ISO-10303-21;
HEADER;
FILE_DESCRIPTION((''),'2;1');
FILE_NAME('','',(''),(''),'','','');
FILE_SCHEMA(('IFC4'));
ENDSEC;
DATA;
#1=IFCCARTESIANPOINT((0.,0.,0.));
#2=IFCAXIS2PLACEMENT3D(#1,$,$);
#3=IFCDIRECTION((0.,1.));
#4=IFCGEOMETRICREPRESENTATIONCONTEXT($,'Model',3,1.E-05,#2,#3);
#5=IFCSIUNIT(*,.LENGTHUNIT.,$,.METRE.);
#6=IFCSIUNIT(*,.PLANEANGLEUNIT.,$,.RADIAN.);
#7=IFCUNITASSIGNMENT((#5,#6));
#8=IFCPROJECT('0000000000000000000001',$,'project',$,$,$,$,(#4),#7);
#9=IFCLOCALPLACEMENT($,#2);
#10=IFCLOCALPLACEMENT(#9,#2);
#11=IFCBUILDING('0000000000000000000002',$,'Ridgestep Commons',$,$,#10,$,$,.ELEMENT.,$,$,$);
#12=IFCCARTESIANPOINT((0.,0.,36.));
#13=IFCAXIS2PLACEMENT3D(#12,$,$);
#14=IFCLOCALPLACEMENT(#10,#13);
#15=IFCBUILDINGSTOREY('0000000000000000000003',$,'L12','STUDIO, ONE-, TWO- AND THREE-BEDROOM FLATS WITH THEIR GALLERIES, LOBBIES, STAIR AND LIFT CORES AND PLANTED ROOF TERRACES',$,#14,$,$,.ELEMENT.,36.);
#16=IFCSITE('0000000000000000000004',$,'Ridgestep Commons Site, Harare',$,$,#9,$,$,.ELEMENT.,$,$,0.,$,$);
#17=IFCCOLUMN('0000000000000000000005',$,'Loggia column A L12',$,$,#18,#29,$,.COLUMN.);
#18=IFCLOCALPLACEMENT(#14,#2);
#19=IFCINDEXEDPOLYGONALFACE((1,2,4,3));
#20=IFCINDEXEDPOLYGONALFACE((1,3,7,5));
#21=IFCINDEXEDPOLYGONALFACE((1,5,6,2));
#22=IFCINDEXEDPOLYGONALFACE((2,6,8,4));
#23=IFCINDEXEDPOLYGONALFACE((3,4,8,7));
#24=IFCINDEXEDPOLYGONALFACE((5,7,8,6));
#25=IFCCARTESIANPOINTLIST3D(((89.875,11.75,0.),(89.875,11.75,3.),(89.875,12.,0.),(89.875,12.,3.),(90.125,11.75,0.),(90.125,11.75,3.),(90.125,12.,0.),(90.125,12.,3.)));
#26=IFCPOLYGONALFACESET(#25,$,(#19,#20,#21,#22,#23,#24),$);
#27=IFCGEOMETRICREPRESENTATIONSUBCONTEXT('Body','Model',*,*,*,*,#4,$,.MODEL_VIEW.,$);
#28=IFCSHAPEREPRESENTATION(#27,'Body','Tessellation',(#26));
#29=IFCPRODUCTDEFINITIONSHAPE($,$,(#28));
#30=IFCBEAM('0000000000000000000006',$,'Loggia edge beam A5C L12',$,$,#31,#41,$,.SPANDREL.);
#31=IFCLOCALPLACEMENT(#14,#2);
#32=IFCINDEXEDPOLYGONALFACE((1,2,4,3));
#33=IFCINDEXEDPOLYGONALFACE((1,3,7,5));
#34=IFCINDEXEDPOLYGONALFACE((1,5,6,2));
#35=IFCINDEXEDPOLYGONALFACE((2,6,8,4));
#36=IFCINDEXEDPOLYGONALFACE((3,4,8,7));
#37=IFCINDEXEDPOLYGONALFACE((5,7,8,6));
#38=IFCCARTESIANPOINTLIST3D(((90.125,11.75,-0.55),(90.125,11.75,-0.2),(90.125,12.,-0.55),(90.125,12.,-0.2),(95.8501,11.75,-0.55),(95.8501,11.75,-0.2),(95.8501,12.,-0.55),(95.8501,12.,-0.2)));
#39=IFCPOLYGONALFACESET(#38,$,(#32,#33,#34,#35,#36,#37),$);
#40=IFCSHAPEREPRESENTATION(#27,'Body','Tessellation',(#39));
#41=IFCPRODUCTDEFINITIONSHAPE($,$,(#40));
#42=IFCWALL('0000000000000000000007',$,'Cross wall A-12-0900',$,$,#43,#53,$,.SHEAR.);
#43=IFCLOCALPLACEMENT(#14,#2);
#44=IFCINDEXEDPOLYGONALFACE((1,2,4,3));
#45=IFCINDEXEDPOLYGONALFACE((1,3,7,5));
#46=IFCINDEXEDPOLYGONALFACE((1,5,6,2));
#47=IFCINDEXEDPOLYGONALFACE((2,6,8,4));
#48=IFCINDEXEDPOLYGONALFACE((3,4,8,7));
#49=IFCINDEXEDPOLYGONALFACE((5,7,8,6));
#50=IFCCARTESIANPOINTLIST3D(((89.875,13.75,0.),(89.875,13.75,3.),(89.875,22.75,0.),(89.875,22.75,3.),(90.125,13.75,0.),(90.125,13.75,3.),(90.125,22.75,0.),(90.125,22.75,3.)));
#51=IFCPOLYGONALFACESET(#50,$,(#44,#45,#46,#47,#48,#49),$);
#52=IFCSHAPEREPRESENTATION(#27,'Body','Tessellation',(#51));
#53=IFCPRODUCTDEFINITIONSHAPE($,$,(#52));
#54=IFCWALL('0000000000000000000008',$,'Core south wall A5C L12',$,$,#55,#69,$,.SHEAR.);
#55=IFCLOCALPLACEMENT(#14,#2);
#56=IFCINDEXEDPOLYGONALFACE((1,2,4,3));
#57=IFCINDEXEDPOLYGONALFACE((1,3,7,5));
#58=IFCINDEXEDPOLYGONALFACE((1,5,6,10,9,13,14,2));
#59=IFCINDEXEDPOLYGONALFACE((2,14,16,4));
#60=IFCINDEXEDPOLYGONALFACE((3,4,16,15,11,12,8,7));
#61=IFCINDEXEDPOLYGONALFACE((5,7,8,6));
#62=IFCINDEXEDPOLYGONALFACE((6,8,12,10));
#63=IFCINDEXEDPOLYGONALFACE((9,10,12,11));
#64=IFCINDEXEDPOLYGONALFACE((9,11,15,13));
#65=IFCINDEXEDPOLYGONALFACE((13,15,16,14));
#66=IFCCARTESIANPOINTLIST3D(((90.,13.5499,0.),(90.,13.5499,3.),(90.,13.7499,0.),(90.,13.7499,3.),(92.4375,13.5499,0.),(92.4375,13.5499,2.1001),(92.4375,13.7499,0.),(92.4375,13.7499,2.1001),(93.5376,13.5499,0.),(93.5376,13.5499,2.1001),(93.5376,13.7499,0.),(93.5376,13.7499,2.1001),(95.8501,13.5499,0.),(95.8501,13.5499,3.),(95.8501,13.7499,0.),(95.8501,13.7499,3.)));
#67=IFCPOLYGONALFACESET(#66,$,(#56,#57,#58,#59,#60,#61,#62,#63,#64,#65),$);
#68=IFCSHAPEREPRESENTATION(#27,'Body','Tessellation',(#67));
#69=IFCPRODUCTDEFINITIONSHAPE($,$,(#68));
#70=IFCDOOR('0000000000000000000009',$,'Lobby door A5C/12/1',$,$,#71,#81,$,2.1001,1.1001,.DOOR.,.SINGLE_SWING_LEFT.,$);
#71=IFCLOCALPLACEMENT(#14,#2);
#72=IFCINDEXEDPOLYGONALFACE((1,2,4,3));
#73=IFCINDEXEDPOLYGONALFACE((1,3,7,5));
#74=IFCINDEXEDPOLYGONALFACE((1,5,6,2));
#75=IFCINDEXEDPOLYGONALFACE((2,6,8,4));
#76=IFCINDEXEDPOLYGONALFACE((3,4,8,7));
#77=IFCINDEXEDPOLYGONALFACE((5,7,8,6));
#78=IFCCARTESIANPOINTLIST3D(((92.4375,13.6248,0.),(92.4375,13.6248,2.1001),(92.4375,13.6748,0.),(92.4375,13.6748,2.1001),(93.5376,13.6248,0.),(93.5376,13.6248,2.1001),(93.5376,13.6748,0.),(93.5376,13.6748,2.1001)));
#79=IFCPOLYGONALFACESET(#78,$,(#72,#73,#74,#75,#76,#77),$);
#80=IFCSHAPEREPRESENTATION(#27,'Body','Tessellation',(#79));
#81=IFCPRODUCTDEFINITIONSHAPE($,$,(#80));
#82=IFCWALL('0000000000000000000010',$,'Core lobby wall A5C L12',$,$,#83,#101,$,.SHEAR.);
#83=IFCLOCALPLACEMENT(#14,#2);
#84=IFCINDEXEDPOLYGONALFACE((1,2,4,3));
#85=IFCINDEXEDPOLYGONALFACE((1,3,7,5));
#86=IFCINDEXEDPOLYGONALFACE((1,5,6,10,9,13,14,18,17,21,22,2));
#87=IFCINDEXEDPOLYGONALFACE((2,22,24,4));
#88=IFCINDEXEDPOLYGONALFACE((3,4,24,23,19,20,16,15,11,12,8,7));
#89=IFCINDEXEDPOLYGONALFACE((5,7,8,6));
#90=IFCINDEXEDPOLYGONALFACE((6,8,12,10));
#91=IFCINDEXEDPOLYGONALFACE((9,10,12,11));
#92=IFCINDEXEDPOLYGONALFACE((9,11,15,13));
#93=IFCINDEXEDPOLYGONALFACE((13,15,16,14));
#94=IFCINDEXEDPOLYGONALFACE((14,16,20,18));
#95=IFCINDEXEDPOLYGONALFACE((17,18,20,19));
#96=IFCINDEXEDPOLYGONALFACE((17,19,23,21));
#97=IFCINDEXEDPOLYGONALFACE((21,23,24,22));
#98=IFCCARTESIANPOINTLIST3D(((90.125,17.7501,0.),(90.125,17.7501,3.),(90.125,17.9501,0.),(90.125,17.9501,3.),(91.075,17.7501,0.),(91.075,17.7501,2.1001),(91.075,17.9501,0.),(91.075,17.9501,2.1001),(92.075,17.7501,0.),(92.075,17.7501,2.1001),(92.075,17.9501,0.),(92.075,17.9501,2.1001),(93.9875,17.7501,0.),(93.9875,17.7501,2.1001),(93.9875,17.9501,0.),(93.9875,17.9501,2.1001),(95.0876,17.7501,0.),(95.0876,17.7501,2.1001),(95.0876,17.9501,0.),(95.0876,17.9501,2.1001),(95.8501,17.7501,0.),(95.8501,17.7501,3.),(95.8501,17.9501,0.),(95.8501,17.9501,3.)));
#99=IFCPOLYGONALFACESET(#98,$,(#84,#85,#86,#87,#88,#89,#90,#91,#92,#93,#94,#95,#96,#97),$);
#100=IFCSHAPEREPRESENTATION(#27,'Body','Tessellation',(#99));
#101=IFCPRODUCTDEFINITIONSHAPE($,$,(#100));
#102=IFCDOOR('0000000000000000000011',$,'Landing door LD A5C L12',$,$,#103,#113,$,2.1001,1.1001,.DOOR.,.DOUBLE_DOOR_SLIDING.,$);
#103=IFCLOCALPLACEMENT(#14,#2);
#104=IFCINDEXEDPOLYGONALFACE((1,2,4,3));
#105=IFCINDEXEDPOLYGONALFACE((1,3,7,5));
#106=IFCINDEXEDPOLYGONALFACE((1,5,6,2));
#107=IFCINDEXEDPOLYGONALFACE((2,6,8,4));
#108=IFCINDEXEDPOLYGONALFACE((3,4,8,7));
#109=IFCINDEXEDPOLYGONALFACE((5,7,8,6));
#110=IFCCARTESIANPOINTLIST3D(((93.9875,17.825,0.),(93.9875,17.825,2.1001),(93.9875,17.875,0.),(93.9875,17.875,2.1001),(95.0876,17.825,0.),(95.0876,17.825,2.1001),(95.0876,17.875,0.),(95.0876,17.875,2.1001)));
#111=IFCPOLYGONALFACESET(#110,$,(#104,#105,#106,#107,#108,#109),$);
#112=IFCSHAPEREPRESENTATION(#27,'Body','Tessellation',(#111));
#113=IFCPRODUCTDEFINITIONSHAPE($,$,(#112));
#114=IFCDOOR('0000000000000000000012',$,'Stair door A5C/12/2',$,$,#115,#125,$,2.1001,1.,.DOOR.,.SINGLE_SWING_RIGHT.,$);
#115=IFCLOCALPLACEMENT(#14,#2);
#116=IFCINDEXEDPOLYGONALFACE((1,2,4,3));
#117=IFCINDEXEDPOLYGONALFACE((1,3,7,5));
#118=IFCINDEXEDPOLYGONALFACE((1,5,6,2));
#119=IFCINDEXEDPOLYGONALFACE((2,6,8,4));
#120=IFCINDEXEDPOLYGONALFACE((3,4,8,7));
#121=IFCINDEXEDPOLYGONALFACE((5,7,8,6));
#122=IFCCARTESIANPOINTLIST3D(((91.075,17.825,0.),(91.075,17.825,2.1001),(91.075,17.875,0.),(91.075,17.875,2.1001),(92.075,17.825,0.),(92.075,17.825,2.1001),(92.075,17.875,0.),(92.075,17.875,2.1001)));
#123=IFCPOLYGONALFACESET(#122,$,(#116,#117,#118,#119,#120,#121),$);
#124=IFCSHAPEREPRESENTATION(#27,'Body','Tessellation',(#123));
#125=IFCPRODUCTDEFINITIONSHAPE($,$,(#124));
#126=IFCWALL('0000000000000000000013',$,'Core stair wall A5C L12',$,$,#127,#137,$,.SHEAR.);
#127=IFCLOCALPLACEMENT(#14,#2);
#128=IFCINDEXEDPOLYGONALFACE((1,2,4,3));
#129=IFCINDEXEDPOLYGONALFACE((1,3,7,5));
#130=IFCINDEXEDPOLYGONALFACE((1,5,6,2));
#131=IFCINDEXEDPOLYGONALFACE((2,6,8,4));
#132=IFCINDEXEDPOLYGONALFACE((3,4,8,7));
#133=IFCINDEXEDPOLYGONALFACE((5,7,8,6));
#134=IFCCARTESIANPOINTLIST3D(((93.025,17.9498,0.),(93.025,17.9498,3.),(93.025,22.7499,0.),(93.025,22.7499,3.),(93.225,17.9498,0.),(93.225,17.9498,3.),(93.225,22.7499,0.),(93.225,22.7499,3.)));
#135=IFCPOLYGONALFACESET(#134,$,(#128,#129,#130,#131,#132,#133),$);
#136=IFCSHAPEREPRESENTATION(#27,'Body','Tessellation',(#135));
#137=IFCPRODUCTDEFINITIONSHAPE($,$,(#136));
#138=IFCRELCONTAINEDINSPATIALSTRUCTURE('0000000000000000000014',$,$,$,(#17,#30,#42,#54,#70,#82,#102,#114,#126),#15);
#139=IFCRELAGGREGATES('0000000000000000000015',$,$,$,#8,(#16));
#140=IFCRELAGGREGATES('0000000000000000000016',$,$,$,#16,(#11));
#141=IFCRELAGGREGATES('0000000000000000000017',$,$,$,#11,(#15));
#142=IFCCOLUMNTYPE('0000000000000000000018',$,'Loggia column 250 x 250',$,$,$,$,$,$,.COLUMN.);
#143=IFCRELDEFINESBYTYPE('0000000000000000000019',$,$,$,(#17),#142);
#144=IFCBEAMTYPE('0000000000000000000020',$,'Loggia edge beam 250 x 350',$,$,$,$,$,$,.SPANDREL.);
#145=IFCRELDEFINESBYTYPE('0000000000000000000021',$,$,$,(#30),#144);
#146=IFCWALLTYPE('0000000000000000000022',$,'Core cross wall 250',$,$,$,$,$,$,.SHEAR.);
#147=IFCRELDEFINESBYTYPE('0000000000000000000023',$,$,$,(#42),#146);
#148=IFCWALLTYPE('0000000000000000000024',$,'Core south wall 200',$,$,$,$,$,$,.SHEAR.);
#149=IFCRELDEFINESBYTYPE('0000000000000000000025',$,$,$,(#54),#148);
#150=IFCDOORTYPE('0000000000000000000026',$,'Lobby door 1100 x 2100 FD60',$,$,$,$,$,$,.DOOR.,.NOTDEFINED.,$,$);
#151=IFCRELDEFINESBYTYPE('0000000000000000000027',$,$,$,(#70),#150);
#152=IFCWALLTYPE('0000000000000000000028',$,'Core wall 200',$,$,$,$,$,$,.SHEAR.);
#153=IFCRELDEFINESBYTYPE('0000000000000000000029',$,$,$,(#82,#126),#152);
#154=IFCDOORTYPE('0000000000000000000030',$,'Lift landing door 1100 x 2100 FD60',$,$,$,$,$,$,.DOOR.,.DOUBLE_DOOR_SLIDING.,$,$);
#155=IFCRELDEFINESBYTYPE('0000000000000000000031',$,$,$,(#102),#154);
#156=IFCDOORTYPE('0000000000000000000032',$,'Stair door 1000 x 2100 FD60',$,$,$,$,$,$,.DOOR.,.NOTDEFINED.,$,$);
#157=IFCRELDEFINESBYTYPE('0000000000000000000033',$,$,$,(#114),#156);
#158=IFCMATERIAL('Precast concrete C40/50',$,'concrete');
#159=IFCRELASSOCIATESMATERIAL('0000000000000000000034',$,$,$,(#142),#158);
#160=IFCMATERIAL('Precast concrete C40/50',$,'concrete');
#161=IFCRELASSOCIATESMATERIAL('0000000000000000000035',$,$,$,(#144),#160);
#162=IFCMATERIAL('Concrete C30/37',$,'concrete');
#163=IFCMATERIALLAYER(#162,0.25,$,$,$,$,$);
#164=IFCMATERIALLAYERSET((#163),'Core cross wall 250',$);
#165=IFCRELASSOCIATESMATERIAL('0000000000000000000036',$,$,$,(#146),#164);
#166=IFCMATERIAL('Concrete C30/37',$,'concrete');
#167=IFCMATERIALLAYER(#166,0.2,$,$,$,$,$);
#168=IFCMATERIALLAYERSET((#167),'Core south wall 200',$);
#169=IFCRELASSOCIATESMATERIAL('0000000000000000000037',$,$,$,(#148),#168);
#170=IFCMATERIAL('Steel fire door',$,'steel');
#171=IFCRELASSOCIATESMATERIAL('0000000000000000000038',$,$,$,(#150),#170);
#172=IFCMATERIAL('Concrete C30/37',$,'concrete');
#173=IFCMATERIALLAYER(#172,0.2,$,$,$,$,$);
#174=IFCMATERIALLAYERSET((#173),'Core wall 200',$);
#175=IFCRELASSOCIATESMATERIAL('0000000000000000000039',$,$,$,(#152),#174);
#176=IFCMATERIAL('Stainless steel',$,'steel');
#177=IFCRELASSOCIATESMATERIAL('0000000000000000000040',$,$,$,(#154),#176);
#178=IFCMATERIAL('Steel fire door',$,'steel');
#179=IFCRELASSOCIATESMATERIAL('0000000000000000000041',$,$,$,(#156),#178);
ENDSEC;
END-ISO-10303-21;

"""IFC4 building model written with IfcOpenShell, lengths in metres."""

from ifc_helpers import new_model, si_unit, direction, frame, frame_2d, origin, origin_2d, place, context, subcontext, project, spatial, rectangle, extrude, material, layer, layer_set, material_profile, profile_set, type_object, element, fill, save


model = new_model("IFC4")

# Units and contexts
model_context = context("Model", 3, precision=1e-05, world=origin(), true_north=direction((0.0, 1.0)))
body_context = subcontext(model_context, "Body", "Model", "MODEL_VIEW")
ifc_project = project(units=[si_unit("LENGTHUNIT", "METRE"), si_unit("PLANEANGLEUNIT", "RADIAN")], contexts=[model_context])

# Site, building, storey
site_placement = place(None, origin())
site = spatial("IfcSite", under=ifc_project, at=site_placement, Name="Ridgestep Commons Site, Harare", CompositionType="ELEMENT", RefElevation=0.0)
building_placement = place(site_placement, origin())
building = spatial("IfcBuilding", under=site, at=building_placement, Name="Ridgestep Commons", CompositionType="ELEMENT")
storey_placement = place(building_placement, frame((0.0, 0.0, 36.0)))
storey = spatial("IfcBuildingStorey", under=building, at=storey_placement, Name="L12", Description="STUDIO, ONE-, TWO- AND THREE-BEDROOM FLATS WITH THEIR GALLERIES, LOBBIES, STAIR AND LIFT CORES AND PLANTED ROOF TERRACES", CompositionType="ELEMENT", Elevation=36.0)

# Column
ifc_material_1 = material(Name="Precast concrete C40/50", Category="concrete")
ifc_material_profile_1 = material_profile(ifc_material_1, rectangle(XDim=0.25, YDim=0.25, at=origin_2d()), Name="PC 250x250")
ifc_profile_set_1 = profile_set([ifc_material_profile_1], Name="Precast concrete C40/50")
column_type = type_object("IfcColumnType", Name="Loggia column 250 x 250", PredefinedType="COLUMN", material=ifc_profile_set_1)
column_placement = place(storey_placement, frame((90.0, 11.875, 0.0), z_axis=(0.0, 0.0, 1.0), x_axis=(1.0, 0.0, 0.0)))
element("IfcColumn", 1, at=column_placement, inside=storey, type_object=column_type, Name="Loggia column A L12", PredefinedType="COLUMN", context=body_context, shape_type="SweptSolid", body=[
    extrude(rectangle(XDim=0.25, YDim=0.25, at=origin_2d()), origin(), (0.0, 0.0, 1.0), 3.0),
])

# Beam
ifc_material_2 = material(Name="Precast concrete C40/50", Category="concrete")
ifc_material_profile_2 = material_profile(ifc_material_2, rectangle(XDim=0.25, YDim=0.3501, at=origin_2d()), Name="PC 250x350")
ifc_profile_set_2 = profile_set([ifc_material_profile_2], Name="Precast concrete C40/50")
beam_type = type_object("IfcBeamType", Name="Loggia edge beam 250 x 350", PredefinedType="SPANDREL", material=ifc_profile_set_2)
beam_placement = place(storey_placement, frame((90.125, 11.875, -0.375), z_axis=(1.0, 0.0, 0.0), x_axis=(0.0, 1.0, 0.0)))
element("IfcBeam", 2, at=beam_placement, inside=storey, type_object=beam_type, Name="Loggia edge beam A5C L12", PredefinedType="SPANDREL", context=body_context, shape_type="SweptSolid", body=[
    extrude(rectangle(XDim=0.25, YDim=0.3501, at=origin_2d()), origin(), (0.0, 0.0, 1.0), 5.7251),
])

# Wall
ifc_material_3 = material(Name="Concrete C30/37", Category="concrete")
ifc_layer_1 = layer(ifc_material_3, 0.25)
ifc_layer_set_1 = layer_set([ifc_layer_1], Name="Core cross wall 250")
wall_type_1 = type_object("IfcWallType", Name="Core cross wall 250", PredefinedType="SHEAR", material=ifc_layer_set_1)
wall_1_placement = place(storey_placement, frame((90.0, 13.75, 0.0), z_axis=(0.0, 0.0, 1.0), x_axis=(0.0, 1.0, 0.0)))
element("IfcWall", 3, at=wall_1_placement, inside=storey, type_object=wall_type_1, Name="Cross wall A-12-0900", PredefinedType="SHEAR", context=body_context, shape_type="SweptSolid", body=[
    extrude(rectangle(XDim=9.0, YDim=0.25, at=frame_2d((4.5, 0.0))), origin(), (0.0, 0.0, 1.0), 3.0),
])

# Wall, opening, door
ifc_material_4 = material(Name="Concrete C30/37", Category="concrete")
ifc_layer_2 = layer(ifc_material_4, 0.2)
ifc_layer_set_2 = layer_set([ifc_layer_2], Name="Core south wall 200")
wall_type_2 = type_object("IfcWallType", Name="Core south wall 200", PredefinedType="SHEAR", material=ifc_layer_set_2)
wall_2_placement = place(storey_placement, frame((90.0, 13.6499, 0.0), z_axis=(0.0, 0.0, 1.0), x_axis=(1.0, 0.0, 0.0)))
wall_2 = element("IfcWall", 4, at=wall_2_placement, inside=storey, type_object=wall_type_2, Name="Core south wall A5C L12", PredefinedType="SHEAR", context=body_context, shape_type="SweptSolid", body=[
    extrude(rectangle(XDim=5.8501, YDim=0.2, at=frame_2d((2.925, 0.0))), origin(), (0.0, 0.0, 1.0), 3.0),
])
opening_1_placement = place(wall_2_placement, frame((2.4375, 0.0, 0.0)))
opening_1 = element("IfcOpeningElement", 5, at=opening_1_placement, cuts=wall_2, PredefinedType="OPENING", context=body_context, shape_type="SweptSolid", body=[
    extrude(rectangle(XDim=1.1001, YDim=2.1001, at=frame_2d((0.55, 1.05))), frame((0.0, 0.1099, 0.0), z_axis=(0.0, -1.0, 0.0), x_axis=(1.0, 0.0, 0.0)), (0.0, 0.0, 1.0), 0.22),
])
ifc_material_5 = material(Name="Steel fire door", Category="steel")
door_type_1 = type_object("IfcDoorType", Name="Lobby door 1100 x 2100 FD60", OperationType="NOTDEFINED", PredefinedType="DOOR", material=ifc_material_5)
door_1_placement = place(opening_1_placement, origin())
door_1 = element("IfcDoor", 6, at=door_1_placement, inside=storey, type_object=door_type_1, Name="Lobby door A5C/12/1", OperationType="SINGLE_SWING_LEFT", OverallHeight=2.1001, OverallWidth=1.1001, PredefinedType="DOOR", context=body_context, shape_type="SweptSolid", body=[
    extrude(rectangle(XDim=1.1001, YDim=2.1001, at=frame_2d((0.55, 1.05))), frame((0.0, 0.0249, 0.0), z_axis=(0.0, -1.0, 0.0), x_axis=(1.0, 0.0, 0.0)), (0.0, 0.0, 1.0), 0.05),
])
fill(opening_1, door_1)

# Wall, openings, doors
ifc_material_6 = material(Name="Concrete C30/37", Category="concrete")
ifc_layer_3 = layer(ifc_material_6, 0.2)
ifc_layer_set_3 = layer_set([ifc_layer_3], Name="Core wall 200")
wall_type_3 = type_object("IfcWallType", Name="Core wall 200", PredefinedType="SHEAR", material=ifc_layer_set_3)
wall_3_placement = place(storey_placement, frame((90.125, 17.8501, 0.0), z_axis=(0.0, 0.0, 1.0), x_axis=(1.0, 0.0, 0.0)))
wall_3 = element("IfcWall", 7, at=wall_3_placement, inside=storey, type_object=wall_type_3, Name="Core lobby wall A5C L12", PredefinedType="SHEAR", context=body_context, shape_type="SweptSolid", body=[
    extrude(rectangle(XDim=5.7251, YDim=0.2, at=frame_2d((2.8625, 0.0))), origin(), (0.0, 0.0, 1.0), 3.0),
])
opening_2_placement = place(wall_3_placement, frame((0.95, 0.0, 0.0)))
opening_2 = element("IfcOpeningElement", 8, at=opening_2_placement, cuts=wall_3, PredefinedType="OPENING", context=body_context, shape_type="SweptSolid", body=[
    extrude(rectangle(XDim=1.0, YDim=2.1001, at=frame_2d((0.5, 1.05))), frame((0.0, 0.1099, 0.0), z_axis=(0.0, -1.0, 0.0), x_axis=(1.0, 0.0, 0.0)), (0.0, 0.0, 1.0), 0.22),
])
opening_3_placement = place(wall_3_placement, frame((3.8625, 0.0, 0.0)))
opening_3 = element("IfcOpeningElement", 9, at=opening_3_placement, cuts=wall_3, PredefinedType="OPENING", context=body_context, shape_type="SweptSolid", body=[
    extrude(rectangle(XDim=1.1001, YDim=2.1001, at=frame_2d((0.55, 1.05))), frame((0.0, 0.1099, 0.0), z_axis=(0.0, -1.0, 0.0), x_axis=(1.0, 0.0, 0.0)), (0.0, 0.0, 1.0), 0.22),
])
ifc_material_7 = material(Name="Stainless steel", Category="steel")
door_type_2 = type_object("IfcDoorType", Name="Lift landing door 1100 x 2100 FD60", OperationType="DOUBLE_DOOR_SLIDING", PredefinedType="DOOR", material=ifc_material_7)
door_2_placement = place(opening_3_placement, origin())
door_2 = element("IfcDoor", 10, at=door_2_placement, inside=storey, type_object=door_type_2, Name="Landing door LD A5C L12", OperationType="DOUBLE_DOOR_SLIDING", OverallHeight=2.1001, OverallWidth=1.1001, PredefinedType="DOOR", context=body_context, shape_type="SweptSolid", body=[
    extrude(rectangle(XDim=1.1001, YDim=2.1001, at=frame_2d((0.55, 1.05))), frame((0.0, 0.0249, 0.0), z_axis=(0.0, -1.0, 0.0), x_axis=(1.0, 0.0, 0.0)), (0.0, 0.0, 1.0), 0.05),
])
fill(opening_3, door_2)
ifc_material_8 = material(Name="Steel fire door", Category="steel")
door_type_3 = type_object("IfcDoorType", Name="Stair door 1000 x 2100 FD60", OperationType="NOTDEFINED", PredefinedType="DOOR", material=ifc_material_8)
door_3_placement = place(opening_2_placement, origin())
door_3 = element("IfcDoor", 11, at=door_3_placement, inside=storey, type_object=door_type_3, Name="Stair door A5C/12/2", OperationType="SINGLE_SWING_RIGHT", OverallHeight=2.1001, OverallWidth=1.0, PredefinedType="DOOR", context=body_context, shape_type="SweptSolid", body=[
    extrude(rectangle(XDim=1.0, YDim=2.1001, at=frame_2d((0.5, 1.05))), frame((0.0, 0.0249, 0.0), z_axis=(0.0, -1.0, 0.0), x_axis=(1.0, 0.0, 0.0)), (0.0, 0.0, 1.0), 0.05),
])
fill(opening_2, door_3)

# Wall
wall_4_placement = place(storey_placement, frame((93.125, 17.95, 0.0), z_axis=(0.0, 0.0, 1.0), x_axis=(0.0, 1.0, 0.0)))
element("IfcWall", 12, at=wall_4_placement, inside=storey, type_object=wall_type_3, Name="Core stair wall A5C L12", PredefinedType="SHEAR", context=body_context, shape_type="SweptSolid", body=[
    extrude(rectangle(XDim=4.8, YDim=0.2, at=frame_2d((2.3999, 0.0))), origin(), (0.0, 0.0, 1.0), 3.0),
])

save(model, "model.ifc")
